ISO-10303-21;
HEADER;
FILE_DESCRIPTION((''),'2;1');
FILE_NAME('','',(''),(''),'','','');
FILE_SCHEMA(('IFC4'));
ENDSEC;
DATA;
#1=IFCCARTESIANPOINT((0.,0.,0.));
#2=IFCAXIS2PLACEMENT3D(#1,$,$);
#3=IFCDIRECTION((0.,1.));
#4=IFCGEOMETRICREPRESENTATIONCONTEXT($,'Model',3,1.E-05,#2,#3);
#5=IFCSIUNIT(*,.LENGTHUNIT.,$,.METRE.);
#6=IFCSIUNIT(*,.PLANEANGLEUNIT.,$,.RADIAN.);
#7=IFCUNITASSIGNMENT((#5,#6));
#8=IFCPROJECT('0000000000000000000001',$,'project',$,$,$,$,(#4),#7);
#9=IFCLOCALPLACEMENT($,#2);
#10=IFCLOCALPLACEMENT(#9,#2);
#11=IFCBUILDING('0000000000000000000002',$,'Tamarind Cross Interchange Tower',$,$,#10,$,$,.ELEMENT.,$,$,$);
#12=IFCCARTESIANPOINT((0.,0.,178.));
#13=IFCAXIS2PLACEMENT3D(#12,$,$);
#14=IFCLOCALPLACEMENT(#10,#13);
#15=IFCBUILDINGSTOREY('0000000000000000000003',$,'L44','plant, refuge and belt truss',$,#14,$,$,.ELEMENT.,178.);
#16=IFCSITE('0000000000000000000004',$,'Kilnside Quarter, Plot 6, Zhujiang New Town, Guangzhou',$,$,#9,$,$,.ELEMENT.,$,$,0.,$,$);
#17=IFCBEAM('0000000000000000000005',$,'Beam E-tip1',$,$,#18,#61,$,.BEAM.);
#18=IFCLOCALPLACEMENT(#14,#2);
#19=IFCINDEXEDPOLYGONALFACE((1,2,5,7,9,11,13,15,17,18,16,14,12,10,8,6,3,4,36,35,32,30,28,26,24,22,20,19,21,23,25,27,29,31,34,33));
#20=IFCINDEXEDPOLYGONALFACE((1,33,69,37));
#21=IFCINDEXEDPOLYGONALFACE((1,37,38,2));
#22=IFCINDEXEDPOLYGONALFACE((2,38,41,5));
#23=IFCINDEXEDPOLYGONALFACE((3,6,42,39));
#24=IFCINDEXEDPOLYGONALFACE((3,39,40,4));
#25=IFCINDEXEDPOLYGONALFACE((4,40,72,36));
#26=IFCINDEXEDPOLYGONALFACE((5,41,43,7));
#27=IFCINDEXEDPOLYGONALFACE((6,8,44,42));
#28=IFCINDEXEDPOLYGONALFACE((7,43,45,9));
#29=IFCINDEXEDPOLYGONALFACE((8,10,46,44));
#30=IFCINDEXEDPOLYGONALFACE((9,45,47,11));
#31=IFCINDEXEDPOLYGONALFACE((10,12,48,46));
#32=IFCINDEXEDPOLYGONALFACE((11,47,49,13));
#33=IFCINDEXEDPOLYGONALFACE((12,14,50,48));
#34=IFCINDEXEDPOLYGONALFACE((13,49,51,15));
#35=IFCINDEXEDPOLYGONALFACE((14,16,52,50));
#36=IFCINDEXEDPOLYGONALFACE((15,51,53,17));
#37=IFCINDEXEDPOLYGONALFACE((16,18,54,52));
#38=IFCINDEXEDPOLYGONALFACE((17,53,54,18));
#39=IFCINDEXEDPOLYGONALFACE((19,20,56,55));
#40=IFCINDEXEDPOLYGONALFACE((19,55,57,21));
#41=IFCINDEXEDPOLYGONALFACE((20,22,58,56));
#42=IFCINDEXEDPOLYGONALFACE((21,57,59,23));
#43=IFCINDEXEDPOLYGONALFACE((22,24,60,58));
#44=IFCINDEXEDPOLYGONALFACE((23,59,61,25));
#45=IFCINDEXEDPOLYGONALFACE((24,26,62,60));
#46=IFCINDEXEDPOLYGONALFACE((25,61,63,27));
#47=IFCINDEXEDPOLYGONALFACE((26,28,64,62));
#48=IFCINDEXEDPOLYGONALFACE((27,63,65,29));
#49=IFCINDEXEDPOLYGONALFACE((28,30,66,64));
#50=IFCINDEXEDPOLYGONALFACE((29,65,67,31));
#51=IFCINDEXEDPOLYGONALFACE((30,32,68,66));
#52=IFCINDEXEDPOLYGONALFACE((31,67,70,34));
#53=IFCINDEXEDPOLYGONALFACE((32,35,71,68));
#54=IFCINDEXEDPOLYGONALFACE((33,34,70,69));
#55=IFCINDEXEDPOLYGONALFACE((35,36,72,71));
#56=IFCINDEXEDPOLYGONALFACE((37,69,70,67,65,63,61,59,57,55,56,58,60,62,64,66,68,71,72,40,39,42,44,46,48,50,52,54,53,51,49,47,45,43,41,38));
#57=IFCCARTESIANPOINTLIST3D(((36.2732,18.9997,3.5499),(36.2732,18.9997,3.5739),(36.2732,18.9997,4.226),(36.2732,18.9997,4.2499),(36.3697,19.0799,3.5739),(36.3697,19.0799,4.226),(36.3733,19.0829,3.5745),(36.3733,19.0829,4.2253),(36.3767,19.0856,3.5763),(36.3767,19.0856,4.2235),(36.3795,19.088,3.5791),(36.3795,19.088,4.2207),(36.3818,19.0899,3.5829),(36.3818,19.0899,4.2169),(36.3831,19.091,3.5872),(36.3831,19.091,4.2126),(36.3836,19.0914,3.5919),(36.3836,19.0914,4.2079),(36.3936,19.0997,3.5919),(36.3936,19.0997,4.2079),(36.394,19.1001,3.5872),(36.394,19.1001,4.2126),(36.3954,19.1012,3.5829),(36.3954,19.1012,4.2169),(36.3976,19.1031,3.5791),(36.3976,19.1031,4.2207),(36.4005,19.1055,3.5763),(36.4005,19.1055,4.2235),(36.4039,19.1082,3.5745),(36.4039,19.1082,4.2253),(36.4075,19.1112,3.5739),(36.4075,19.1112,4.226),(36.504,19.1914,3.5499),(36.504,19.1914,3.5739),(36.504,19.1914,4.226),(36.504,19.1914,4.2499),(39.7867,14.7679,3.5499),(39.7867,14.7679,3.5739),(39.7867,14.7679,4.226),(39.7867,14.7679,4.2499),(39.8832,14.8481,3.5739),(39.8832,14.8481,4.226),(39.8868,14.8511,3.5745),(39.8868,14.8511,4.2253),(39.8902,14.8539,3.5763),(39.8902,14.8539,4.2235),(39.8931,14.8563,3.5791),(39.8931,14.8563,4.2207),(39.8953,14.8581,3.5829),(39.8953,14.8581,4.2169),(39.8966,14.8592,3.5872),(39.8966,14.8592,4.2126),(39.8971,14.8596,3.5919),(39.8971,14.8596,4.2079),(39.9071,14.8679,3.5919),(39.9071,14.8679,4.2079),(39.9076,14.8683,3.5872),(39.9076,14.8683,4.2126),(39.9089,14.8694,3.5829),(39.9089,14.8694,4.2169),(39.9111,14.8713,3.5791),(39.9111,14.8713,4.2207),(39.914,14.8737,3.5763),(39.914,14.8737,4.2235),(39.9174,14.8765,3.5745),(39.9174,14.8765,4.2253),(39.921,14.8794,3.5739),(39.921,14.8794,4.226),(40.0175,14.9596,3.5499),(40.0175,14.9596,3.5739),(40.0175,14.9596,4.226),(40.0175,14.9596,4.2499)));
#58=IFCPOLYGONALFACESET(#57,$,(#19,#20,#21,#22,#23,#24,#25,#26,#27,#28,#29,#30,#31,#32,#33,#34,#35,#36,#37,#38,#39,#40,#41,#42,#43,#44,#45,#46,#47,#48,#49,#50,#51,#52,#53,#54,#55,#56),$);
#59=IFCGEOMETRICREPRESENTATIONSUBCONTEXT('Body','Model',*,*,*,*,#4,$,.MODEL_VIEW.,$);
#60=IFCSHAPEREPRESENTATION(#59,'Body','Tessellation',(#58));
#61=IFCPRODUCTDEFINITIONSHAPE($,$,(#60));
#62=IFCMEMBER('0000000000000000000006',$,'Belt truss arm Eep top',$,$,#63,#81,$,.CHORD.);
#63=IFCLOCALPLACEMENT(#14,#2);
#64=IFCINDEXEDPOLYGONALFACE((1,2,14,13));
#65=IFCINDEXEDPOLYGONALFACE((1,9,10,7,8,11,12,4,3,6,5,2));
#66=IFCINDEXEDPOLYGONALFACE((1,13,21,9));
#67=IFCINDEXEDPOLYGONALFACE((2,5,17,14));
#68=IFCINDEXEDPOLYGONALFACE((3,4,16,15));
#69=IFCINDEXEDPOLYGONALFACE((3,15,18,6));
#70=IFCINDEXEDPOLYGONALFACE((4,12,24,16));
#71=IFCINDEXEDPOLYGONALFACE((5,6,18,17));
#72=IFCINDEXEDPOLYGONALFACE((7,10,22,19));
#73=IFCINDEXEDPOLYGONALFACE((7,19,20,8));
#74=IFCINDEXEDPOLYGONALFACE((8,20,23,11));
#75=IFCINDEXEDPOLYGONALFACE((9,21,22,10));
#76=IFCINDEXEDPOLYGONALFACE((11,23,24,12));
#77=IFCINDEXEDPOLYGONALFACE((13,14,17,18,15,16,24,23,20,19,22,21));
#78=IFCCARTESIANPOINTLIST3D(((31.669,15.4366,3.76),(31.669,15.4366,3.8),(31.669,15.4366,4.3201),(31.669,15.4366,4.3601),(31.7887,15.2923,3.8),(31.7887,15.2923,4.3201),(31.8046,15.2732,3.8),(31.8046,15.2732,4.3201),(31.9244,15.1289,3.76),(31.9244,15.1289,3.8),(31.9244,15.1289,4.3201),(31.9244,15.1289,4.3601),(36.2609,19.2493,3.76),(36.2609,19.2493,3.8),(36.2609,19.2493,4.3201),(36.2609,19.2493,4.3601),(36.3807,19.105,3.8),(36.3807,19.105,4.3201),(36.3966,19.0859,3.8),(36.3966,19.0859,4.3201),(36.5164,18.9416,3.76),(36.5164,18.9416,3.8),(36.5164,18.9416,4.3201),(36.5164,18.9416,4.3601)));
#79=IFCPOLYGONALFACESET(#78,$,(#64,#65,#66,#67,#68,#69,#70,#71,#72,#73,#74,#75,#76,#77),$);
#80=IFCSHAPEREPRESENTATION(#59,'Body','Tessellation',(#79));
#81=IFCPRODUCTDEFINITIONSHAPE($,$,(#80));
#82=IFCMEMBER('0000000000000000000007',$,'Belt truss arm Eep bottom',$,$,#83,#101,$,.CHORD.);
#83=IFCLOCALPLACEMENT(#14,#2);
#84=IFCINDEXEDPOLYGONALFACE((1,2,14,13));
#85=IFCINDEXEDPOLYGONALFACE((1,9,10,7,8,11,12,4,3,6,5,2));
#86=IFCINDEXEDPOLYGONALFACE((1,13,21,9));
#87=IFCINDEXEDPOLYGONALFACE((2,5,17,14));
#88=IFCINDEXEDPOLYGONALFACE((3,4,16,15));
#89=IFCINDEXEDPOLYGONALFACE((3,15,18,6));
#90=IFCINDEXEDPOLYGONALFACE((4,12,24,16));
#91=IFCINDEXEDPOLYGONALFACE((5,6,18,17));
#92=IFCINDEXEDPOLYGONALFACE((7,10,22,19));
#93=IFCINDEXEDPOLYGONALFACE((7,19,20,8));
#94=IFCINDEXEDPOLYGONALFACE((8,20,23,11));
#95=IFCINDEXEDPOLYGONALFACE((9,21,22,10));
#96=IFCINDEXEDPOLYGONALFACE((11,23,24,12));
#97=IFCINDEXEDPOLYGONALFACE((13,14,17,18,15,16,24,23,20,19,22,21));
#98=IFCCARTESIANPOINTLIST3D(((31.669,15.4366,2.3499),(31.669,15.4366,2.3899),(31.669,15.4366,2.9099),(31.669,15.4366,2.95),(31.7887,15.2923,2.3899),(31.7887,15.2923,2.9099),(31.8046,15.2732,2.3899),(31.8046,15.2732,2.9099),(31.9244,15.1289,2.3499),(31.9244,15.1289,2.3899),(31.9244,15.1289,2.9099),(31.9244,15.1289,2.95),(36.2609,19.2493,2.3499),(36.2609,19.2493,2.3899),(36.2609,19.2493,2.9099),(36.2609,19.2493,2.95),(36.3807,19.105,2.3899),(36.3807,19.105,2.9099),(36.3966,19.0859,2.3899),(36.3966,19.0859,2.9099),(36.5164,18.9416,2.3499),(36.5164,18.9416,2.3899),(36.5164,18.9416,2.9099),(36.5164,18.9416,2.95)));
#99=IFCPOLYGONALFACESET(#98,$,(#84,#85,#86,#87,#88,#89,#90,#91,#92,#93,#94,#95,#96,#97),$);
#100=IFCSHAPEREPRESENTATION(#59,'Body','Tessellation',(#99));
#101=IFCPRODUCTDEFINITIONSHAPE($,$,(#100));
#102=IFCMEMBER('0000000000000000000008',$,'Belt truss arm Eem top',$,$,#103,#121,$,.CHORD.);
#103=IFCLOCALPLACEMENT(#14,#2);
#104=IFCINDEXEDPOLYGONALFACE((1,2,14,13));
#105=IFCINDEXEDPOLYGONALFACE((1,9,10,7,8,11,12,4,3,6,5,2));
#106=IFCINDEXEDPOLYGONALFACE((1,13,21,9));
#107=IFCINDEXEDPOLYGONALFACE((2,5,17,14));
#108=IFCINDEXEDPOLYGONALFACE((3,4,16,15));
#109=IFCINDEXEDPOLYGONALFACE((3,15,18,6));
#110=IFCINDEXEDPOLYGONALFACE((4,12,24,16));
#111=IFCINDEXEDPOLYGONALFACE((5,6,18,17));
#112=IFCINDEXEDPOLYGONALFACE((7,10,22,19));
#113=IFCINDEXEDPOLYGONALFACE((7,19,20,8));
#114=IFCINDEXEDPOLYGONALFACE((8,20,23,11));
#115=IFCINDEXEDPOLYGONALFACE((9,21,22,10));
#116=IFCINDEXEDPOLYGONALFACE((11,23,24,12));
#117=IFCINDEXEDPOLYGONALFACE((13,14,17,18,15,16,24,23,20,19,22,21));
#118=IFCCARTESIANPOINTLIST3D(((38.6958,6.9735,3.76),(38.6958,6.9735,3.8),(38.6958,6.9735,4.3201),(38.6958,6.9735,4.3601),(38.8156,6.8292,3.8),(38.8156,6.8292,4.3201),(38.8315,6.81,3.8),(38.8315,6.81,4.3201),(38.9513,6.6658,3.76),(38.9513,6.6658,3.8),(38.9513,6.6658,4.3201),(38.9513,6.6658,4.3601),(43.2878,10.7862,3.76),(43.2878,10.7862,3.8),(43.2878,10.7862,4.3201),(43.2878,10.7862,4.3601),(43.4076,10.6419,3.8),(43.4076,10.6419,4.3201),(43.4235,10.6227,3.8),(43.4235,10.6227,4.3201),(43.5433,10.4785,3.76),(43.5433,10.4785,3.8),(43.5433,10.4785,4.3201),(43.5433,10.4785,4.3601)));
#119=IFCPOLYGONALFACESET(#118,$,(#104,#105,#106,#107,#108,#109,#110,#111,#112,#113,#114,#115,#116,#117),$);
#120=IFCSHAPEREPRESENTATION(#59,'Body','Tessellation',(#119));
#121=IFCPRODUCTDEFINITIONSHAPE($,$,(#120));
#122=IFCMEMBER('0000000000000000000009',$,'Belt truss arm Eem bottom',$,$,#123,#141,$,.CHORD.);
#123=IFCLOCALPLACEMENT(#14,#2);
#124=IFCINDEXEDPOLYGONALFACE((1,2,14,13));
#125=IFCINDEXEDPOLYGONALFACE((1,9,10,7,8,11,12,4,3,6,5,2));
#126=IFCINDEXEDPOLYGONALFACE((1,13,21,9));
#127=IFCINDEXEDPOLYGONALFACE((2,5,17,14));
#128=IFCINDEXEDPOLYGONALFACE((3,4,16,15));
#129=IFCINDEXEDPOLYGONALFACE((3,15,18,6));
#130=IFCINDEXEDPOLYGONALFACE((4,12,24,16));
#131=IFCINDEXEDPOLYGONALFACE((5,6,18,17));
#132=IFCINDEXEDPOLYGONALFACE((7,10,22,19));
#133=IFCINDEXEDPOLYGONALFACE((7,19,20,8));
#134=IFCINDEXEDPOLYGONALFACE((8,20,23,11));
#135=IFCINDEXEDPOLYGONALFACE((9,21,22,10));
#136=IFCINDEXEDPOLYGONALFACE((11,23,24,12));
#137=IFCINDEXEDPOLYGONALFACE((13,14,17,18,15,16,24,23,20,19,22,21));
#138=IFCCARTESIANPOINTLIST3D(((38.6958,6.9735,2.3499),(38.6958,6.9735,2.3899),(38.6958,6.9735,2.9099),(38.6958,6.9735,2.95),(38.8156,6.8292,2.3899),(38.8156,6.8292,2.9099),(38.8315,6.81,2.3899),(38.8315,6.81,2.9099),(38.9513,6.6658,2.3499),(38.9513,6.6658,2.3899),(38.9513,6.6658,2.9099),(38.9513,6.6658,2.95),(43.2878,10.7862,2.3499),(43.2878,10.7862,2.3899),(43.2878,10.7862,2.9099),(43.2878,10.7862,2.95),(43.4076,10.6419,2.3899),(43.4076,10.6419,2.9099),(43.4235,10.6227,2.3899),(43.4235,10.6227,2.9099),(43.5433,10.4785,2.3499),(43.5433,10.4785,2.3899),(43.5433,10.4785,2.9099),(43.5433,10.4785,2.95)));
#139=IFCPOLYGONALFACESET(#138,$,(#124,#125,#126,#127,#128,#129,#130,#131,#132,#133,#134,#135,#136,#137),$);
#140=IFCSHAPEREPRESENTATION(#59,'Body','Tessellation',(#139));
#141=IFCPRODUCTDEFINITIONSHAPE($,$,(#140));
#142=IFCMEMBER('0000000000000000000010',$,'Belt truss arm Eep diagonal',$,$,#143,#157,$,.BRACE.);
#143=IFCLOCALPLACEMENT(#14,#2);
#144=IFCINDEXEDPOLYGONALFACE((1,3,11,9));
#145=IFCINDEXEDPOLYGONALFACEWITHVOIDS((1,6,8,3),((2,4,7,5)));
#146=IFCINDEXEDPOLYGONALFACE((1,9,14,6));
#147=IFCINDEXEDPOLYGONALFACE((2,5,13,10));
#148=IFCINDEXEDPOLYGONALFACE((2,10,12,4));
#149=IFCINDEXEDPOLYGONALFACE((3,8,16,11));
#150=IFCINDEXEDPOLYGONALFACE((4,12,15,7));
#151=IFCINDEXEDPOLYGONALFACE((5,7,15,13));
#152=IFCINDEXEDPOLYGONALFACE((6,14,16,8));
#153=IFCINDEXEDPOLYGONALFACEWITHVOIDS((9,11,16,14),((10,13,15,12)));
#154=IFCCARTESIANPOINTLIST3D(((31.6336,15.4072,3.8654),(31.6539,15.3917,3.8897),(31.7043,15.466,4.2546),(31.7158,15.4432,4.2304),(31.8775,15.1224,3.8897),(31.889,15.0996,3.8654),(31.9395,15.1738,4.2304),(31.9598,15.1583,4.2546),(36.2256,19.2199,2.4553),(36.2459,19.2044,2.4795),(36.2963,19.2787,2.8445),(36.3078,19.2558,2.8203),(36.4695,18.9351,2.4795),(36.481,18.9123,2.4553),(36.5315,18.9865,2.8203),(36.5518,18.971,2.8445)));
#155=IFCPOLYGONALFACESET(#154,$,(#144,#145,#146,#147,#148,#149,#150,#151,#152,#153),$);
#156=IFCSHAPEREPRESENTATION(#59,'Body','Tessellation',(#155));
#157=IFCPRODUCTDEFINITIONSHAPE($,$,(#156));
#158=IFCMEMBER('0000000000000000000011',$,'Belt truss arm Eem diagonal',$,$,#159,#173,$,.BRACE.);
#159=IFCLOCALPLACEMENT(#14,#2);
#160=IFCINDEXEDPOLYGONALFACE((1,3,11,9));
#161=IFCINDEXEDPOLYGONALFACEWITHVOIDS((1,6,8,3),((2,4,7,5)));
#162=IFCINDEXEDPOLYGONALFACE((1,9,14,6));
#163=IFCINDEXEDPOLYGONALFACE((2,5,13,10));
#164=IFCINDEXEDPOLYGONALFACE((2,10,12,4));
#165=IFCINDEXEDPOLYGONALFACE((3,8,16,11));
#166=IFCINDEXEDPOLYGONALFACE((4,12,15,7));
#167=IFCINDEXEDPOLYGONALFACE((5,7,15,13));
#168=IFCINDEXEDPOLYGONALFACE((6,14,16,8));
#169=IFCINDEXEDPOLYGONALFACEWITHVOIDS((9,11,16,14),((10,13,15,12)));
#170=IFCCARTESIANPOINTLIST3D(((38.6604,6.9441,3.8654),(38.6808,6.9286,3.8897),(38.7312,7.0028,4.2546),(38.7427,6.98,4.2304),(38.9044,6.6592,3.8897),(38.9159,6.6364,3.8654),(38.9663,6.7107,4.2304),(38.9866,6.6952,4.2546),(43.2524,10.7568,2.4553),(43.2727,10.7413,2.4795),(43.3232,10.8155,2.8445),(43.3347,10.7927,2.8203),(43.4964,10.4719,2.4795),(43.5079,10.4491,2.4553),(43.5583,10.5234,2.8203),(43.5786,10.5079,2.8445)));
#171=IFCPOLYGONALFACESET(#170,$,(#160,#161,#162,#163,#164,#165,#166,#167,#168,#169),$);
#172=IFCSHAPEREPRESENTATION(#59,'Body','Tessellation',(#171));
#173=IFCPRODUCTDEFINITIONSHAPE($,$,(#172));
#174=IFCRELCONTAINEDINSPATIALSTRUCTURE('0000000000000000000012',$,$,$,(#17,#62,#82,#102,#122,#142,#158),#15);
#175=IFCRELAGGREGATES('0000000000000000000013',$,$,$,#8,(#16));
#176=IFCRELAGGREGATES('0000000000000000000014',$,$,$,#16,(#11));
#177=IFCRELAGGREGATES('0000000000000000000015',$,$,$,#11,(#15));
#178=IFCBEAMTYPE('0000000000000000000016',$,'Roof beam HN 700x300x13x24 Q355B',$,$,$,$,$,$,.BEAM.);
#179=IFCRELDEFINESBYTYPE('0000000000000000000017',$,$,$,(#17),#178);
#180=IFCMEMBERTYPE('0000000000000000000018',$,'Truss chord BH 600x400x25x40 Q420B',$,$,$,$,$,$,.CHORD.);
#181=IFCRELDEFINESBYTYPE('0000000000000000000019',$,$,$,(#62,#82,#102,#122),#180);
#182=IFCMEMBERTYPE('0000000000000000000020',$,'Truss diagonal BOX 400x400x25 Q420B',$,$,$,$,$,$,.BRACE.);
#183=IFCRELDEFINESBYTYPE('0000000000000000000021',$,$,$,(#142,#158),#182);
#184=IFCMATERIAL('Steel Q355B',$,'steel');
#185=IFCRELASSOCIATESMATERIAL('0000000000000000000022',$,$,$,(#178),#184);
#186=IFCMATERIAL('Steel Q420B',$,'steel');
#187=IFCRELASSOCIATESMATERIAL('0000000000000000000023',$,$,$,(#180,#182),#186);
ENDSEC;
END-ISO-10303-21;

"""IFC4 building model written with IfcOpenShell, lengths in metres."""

from ifc_helpers import new_model, si_unit, direction, frame, origin, origin_2d, place, context, subcontext, project, spatial, hollow_rectangle, i_section, extrude, material, material_profile, profile_set, type_object, element, save


model = new_model("IFC4")

# Units and contexts
model_context = context("Model", 3, precision=1e-05, world=origin(), true_north=direction((0.0, 1.0)))
body_context = subcontext(model_context, "Body", "Model", "MODEL_VIEW")
ifc_project = project(units=[si_unit("LENGTHUNIT", "METRE"), si_unit("PLANEANGLEUNIT", "RADIAN")], contexts=[model_context])

# Site, building, storey
site_placement = place(None, origin())
site = spatial("IfcSite", under=ifc_project, at=site_placement, Name="Kilnside Quarter, Plot 6, Zhujiang New Town, Guangzhou", CompositionType="ELEMENT", RefElevation=0.0)
building_placement = place(site_placement, origin())
building = spatial("IfcBuilding", under=site, at=building_placement, Name="Tamarind Cross Interchange Tower", CompositionType="ELEMENT")
storey_placement = place(building_placement, frame((0.0, 0.0, 178.0)))
storey = spatial("IfcBuildingStorey", under=building, at=storey_placement, Name="L44", Description="plant, refuge and belt truss", CompositionType="ELEMENT", Elevation=178.0)

# Shared definitions
ifc_material_1 = material(Name="Steel Q355B", Category="steel")

# Beam
ifc_material_profile_1 = material_profile(ifc_material_1, i_section(OverallWidth=0.3, OverallDepth=0.7, WebThickness=0.0129, FlangeThickness=0.0239, FilletRadius=0.0181, at=origin_2d()), Name="HN 700x300x13x24")
ifc_profile_set_1 = profile_set([ifc_material_profile_1], Name="Steel Q355B")
beam_type_1 = type_object("IfcBeamType", Name="Roof beam HN 700x300x13x24 Q355B", PredefinedType="BEAM", material=ifc_profile_set_1)
beam_1_placement = place(storey_placement, frame((39.9021, 14.8638, 3.8999), z_axis=(-0.638791, 0.769381, 0.0), x_axis=(-0.769381, -0.638791, 0.0)))
element("IfcBeam", 1, at=beam_1_placement, inside=storey, type_object=beam_type_1, Name="Beam E-tip1", PredefinedType="BEAM", context=body_context, shape_type="SweptSolid", body=[
    extrude(i_section(OverallWidth=0.3, OverallDepth=0.7, WebThickness=0.0129, FlangeThickness=0.0239, FilletRadius=0.0181, at=origin_2d()), origin(), (0.0, 0.0, 1.0), 5.5002),
])

# Members
ifc_material_2 = material(Name="Steel Q420B", Category="steel")
ifc_material_profile_2 = material_profile(ifc_material_2, i_section(OverallWidth=0.3999, OverallDepth=0.6001, WebThickness=0.0249, FlangeThickness=0.04, at=origin_2d()), Name="BH 600x400x25x40")
ifc_profile_set_2 = profile_set([ifc_material_profile_2], Name="Steel Q420B")
member_type_1 = type_object("IfcMemberType", Name="Truss chord BH 600x400x25x40 Q420B", PredefinedType="CHORD", material=ifc_profile_set_2)
for number, where, z_axis, x_axis, name in (
    (2, (36.3887, 19.0955, 4.0601), (-0.76937, -0.638803, 0.0), (0.638803, -0.76937, 0.0), "Belt truss arm Eep top"),
    (3, (36.3887, 19.0955, 2.6499), (-0.76937, -0.638803, 0.0), (0.638803, -0.76937, 0.0), "Belt truss arm Eep bottom"),
    (4, (43.4155, 10.6323, 4.0601), (-0.76937, -0.638803, 0.0), (0.638803, -0.76937, 0.0), "Belt truss arm Eem top"),
    (5, (43.4155, 10.6323, 2.6499), (-0.76937, -0.638803, 0.0), (0.638803, -0.76937, 0.0), "Belt truss arm Eem bottom"),
):
    element("IfcMember", number, at=place(storey_placement, frame(where, z_axis=z_axis, x_axis=x_axis)), inside=storey, type_object=member_type_1, Name=name, PredefinedType="CHORD", context=body_context, shape_type="SweptSolid", body=[
        extrude(i_section(OverallWidth=0.3999, OverallDepth=0.6001, WebThickness=0.0249, FlangeThickness=0.04, at=origin_2d()), origin(), (0.0, 0.0, 1.0), 5.9685),
    ])
ifc_material_profile_3 = material_profile(ifc_material_2, hollow_rectangle(XDim=0.3999, YDim=0.3999, WallThickness=0.0249, at=origin_2d()), Name="BOX 400x400x25")
ifc_profile_set_3 = profile_set([ifc_material_profile_3], Name="Steel Q420B")
member_type_2 = type_object("IfcMemberType", Name="Truss diagonal BOX 400x400x25 Q420B", PredefinedType="BRACE", material=ifc_profile_set_3)
for number, where, z_axis, x_axis, name in (
    (6, (36.3887, 19.0955, 2.6499), (-0.748756, -0.621688, 0.229933), (0.638803, -0.76937, 0.0), "Belt truss arm Eep diagonal"),
    (7, (43.4155, 10.6323, 2.6499), (-0.748756, -0.621688, 0.229933), (0.638803, -0.76937, 0.0), "Belt truss arm Eem diagonal"),
):
    element("IfcMember", number, at=place(storey_placement, frame(where, z_axis=z_axis, x_axis=x_axis)), inside=storey, type_object=member_type_2, Name=name, PredefinedType="BRACE", context=body_context, shape_type="SweptSolid", body=[
        extrude(hollow_rectangle(XDim=0.3999, YDim=0.3999, WallThickness=0.0249, at=origin_2d()), origin(), (0.0, 0.0, 1.0), 6.1328),
    ])

save(model, "model.ifc")
